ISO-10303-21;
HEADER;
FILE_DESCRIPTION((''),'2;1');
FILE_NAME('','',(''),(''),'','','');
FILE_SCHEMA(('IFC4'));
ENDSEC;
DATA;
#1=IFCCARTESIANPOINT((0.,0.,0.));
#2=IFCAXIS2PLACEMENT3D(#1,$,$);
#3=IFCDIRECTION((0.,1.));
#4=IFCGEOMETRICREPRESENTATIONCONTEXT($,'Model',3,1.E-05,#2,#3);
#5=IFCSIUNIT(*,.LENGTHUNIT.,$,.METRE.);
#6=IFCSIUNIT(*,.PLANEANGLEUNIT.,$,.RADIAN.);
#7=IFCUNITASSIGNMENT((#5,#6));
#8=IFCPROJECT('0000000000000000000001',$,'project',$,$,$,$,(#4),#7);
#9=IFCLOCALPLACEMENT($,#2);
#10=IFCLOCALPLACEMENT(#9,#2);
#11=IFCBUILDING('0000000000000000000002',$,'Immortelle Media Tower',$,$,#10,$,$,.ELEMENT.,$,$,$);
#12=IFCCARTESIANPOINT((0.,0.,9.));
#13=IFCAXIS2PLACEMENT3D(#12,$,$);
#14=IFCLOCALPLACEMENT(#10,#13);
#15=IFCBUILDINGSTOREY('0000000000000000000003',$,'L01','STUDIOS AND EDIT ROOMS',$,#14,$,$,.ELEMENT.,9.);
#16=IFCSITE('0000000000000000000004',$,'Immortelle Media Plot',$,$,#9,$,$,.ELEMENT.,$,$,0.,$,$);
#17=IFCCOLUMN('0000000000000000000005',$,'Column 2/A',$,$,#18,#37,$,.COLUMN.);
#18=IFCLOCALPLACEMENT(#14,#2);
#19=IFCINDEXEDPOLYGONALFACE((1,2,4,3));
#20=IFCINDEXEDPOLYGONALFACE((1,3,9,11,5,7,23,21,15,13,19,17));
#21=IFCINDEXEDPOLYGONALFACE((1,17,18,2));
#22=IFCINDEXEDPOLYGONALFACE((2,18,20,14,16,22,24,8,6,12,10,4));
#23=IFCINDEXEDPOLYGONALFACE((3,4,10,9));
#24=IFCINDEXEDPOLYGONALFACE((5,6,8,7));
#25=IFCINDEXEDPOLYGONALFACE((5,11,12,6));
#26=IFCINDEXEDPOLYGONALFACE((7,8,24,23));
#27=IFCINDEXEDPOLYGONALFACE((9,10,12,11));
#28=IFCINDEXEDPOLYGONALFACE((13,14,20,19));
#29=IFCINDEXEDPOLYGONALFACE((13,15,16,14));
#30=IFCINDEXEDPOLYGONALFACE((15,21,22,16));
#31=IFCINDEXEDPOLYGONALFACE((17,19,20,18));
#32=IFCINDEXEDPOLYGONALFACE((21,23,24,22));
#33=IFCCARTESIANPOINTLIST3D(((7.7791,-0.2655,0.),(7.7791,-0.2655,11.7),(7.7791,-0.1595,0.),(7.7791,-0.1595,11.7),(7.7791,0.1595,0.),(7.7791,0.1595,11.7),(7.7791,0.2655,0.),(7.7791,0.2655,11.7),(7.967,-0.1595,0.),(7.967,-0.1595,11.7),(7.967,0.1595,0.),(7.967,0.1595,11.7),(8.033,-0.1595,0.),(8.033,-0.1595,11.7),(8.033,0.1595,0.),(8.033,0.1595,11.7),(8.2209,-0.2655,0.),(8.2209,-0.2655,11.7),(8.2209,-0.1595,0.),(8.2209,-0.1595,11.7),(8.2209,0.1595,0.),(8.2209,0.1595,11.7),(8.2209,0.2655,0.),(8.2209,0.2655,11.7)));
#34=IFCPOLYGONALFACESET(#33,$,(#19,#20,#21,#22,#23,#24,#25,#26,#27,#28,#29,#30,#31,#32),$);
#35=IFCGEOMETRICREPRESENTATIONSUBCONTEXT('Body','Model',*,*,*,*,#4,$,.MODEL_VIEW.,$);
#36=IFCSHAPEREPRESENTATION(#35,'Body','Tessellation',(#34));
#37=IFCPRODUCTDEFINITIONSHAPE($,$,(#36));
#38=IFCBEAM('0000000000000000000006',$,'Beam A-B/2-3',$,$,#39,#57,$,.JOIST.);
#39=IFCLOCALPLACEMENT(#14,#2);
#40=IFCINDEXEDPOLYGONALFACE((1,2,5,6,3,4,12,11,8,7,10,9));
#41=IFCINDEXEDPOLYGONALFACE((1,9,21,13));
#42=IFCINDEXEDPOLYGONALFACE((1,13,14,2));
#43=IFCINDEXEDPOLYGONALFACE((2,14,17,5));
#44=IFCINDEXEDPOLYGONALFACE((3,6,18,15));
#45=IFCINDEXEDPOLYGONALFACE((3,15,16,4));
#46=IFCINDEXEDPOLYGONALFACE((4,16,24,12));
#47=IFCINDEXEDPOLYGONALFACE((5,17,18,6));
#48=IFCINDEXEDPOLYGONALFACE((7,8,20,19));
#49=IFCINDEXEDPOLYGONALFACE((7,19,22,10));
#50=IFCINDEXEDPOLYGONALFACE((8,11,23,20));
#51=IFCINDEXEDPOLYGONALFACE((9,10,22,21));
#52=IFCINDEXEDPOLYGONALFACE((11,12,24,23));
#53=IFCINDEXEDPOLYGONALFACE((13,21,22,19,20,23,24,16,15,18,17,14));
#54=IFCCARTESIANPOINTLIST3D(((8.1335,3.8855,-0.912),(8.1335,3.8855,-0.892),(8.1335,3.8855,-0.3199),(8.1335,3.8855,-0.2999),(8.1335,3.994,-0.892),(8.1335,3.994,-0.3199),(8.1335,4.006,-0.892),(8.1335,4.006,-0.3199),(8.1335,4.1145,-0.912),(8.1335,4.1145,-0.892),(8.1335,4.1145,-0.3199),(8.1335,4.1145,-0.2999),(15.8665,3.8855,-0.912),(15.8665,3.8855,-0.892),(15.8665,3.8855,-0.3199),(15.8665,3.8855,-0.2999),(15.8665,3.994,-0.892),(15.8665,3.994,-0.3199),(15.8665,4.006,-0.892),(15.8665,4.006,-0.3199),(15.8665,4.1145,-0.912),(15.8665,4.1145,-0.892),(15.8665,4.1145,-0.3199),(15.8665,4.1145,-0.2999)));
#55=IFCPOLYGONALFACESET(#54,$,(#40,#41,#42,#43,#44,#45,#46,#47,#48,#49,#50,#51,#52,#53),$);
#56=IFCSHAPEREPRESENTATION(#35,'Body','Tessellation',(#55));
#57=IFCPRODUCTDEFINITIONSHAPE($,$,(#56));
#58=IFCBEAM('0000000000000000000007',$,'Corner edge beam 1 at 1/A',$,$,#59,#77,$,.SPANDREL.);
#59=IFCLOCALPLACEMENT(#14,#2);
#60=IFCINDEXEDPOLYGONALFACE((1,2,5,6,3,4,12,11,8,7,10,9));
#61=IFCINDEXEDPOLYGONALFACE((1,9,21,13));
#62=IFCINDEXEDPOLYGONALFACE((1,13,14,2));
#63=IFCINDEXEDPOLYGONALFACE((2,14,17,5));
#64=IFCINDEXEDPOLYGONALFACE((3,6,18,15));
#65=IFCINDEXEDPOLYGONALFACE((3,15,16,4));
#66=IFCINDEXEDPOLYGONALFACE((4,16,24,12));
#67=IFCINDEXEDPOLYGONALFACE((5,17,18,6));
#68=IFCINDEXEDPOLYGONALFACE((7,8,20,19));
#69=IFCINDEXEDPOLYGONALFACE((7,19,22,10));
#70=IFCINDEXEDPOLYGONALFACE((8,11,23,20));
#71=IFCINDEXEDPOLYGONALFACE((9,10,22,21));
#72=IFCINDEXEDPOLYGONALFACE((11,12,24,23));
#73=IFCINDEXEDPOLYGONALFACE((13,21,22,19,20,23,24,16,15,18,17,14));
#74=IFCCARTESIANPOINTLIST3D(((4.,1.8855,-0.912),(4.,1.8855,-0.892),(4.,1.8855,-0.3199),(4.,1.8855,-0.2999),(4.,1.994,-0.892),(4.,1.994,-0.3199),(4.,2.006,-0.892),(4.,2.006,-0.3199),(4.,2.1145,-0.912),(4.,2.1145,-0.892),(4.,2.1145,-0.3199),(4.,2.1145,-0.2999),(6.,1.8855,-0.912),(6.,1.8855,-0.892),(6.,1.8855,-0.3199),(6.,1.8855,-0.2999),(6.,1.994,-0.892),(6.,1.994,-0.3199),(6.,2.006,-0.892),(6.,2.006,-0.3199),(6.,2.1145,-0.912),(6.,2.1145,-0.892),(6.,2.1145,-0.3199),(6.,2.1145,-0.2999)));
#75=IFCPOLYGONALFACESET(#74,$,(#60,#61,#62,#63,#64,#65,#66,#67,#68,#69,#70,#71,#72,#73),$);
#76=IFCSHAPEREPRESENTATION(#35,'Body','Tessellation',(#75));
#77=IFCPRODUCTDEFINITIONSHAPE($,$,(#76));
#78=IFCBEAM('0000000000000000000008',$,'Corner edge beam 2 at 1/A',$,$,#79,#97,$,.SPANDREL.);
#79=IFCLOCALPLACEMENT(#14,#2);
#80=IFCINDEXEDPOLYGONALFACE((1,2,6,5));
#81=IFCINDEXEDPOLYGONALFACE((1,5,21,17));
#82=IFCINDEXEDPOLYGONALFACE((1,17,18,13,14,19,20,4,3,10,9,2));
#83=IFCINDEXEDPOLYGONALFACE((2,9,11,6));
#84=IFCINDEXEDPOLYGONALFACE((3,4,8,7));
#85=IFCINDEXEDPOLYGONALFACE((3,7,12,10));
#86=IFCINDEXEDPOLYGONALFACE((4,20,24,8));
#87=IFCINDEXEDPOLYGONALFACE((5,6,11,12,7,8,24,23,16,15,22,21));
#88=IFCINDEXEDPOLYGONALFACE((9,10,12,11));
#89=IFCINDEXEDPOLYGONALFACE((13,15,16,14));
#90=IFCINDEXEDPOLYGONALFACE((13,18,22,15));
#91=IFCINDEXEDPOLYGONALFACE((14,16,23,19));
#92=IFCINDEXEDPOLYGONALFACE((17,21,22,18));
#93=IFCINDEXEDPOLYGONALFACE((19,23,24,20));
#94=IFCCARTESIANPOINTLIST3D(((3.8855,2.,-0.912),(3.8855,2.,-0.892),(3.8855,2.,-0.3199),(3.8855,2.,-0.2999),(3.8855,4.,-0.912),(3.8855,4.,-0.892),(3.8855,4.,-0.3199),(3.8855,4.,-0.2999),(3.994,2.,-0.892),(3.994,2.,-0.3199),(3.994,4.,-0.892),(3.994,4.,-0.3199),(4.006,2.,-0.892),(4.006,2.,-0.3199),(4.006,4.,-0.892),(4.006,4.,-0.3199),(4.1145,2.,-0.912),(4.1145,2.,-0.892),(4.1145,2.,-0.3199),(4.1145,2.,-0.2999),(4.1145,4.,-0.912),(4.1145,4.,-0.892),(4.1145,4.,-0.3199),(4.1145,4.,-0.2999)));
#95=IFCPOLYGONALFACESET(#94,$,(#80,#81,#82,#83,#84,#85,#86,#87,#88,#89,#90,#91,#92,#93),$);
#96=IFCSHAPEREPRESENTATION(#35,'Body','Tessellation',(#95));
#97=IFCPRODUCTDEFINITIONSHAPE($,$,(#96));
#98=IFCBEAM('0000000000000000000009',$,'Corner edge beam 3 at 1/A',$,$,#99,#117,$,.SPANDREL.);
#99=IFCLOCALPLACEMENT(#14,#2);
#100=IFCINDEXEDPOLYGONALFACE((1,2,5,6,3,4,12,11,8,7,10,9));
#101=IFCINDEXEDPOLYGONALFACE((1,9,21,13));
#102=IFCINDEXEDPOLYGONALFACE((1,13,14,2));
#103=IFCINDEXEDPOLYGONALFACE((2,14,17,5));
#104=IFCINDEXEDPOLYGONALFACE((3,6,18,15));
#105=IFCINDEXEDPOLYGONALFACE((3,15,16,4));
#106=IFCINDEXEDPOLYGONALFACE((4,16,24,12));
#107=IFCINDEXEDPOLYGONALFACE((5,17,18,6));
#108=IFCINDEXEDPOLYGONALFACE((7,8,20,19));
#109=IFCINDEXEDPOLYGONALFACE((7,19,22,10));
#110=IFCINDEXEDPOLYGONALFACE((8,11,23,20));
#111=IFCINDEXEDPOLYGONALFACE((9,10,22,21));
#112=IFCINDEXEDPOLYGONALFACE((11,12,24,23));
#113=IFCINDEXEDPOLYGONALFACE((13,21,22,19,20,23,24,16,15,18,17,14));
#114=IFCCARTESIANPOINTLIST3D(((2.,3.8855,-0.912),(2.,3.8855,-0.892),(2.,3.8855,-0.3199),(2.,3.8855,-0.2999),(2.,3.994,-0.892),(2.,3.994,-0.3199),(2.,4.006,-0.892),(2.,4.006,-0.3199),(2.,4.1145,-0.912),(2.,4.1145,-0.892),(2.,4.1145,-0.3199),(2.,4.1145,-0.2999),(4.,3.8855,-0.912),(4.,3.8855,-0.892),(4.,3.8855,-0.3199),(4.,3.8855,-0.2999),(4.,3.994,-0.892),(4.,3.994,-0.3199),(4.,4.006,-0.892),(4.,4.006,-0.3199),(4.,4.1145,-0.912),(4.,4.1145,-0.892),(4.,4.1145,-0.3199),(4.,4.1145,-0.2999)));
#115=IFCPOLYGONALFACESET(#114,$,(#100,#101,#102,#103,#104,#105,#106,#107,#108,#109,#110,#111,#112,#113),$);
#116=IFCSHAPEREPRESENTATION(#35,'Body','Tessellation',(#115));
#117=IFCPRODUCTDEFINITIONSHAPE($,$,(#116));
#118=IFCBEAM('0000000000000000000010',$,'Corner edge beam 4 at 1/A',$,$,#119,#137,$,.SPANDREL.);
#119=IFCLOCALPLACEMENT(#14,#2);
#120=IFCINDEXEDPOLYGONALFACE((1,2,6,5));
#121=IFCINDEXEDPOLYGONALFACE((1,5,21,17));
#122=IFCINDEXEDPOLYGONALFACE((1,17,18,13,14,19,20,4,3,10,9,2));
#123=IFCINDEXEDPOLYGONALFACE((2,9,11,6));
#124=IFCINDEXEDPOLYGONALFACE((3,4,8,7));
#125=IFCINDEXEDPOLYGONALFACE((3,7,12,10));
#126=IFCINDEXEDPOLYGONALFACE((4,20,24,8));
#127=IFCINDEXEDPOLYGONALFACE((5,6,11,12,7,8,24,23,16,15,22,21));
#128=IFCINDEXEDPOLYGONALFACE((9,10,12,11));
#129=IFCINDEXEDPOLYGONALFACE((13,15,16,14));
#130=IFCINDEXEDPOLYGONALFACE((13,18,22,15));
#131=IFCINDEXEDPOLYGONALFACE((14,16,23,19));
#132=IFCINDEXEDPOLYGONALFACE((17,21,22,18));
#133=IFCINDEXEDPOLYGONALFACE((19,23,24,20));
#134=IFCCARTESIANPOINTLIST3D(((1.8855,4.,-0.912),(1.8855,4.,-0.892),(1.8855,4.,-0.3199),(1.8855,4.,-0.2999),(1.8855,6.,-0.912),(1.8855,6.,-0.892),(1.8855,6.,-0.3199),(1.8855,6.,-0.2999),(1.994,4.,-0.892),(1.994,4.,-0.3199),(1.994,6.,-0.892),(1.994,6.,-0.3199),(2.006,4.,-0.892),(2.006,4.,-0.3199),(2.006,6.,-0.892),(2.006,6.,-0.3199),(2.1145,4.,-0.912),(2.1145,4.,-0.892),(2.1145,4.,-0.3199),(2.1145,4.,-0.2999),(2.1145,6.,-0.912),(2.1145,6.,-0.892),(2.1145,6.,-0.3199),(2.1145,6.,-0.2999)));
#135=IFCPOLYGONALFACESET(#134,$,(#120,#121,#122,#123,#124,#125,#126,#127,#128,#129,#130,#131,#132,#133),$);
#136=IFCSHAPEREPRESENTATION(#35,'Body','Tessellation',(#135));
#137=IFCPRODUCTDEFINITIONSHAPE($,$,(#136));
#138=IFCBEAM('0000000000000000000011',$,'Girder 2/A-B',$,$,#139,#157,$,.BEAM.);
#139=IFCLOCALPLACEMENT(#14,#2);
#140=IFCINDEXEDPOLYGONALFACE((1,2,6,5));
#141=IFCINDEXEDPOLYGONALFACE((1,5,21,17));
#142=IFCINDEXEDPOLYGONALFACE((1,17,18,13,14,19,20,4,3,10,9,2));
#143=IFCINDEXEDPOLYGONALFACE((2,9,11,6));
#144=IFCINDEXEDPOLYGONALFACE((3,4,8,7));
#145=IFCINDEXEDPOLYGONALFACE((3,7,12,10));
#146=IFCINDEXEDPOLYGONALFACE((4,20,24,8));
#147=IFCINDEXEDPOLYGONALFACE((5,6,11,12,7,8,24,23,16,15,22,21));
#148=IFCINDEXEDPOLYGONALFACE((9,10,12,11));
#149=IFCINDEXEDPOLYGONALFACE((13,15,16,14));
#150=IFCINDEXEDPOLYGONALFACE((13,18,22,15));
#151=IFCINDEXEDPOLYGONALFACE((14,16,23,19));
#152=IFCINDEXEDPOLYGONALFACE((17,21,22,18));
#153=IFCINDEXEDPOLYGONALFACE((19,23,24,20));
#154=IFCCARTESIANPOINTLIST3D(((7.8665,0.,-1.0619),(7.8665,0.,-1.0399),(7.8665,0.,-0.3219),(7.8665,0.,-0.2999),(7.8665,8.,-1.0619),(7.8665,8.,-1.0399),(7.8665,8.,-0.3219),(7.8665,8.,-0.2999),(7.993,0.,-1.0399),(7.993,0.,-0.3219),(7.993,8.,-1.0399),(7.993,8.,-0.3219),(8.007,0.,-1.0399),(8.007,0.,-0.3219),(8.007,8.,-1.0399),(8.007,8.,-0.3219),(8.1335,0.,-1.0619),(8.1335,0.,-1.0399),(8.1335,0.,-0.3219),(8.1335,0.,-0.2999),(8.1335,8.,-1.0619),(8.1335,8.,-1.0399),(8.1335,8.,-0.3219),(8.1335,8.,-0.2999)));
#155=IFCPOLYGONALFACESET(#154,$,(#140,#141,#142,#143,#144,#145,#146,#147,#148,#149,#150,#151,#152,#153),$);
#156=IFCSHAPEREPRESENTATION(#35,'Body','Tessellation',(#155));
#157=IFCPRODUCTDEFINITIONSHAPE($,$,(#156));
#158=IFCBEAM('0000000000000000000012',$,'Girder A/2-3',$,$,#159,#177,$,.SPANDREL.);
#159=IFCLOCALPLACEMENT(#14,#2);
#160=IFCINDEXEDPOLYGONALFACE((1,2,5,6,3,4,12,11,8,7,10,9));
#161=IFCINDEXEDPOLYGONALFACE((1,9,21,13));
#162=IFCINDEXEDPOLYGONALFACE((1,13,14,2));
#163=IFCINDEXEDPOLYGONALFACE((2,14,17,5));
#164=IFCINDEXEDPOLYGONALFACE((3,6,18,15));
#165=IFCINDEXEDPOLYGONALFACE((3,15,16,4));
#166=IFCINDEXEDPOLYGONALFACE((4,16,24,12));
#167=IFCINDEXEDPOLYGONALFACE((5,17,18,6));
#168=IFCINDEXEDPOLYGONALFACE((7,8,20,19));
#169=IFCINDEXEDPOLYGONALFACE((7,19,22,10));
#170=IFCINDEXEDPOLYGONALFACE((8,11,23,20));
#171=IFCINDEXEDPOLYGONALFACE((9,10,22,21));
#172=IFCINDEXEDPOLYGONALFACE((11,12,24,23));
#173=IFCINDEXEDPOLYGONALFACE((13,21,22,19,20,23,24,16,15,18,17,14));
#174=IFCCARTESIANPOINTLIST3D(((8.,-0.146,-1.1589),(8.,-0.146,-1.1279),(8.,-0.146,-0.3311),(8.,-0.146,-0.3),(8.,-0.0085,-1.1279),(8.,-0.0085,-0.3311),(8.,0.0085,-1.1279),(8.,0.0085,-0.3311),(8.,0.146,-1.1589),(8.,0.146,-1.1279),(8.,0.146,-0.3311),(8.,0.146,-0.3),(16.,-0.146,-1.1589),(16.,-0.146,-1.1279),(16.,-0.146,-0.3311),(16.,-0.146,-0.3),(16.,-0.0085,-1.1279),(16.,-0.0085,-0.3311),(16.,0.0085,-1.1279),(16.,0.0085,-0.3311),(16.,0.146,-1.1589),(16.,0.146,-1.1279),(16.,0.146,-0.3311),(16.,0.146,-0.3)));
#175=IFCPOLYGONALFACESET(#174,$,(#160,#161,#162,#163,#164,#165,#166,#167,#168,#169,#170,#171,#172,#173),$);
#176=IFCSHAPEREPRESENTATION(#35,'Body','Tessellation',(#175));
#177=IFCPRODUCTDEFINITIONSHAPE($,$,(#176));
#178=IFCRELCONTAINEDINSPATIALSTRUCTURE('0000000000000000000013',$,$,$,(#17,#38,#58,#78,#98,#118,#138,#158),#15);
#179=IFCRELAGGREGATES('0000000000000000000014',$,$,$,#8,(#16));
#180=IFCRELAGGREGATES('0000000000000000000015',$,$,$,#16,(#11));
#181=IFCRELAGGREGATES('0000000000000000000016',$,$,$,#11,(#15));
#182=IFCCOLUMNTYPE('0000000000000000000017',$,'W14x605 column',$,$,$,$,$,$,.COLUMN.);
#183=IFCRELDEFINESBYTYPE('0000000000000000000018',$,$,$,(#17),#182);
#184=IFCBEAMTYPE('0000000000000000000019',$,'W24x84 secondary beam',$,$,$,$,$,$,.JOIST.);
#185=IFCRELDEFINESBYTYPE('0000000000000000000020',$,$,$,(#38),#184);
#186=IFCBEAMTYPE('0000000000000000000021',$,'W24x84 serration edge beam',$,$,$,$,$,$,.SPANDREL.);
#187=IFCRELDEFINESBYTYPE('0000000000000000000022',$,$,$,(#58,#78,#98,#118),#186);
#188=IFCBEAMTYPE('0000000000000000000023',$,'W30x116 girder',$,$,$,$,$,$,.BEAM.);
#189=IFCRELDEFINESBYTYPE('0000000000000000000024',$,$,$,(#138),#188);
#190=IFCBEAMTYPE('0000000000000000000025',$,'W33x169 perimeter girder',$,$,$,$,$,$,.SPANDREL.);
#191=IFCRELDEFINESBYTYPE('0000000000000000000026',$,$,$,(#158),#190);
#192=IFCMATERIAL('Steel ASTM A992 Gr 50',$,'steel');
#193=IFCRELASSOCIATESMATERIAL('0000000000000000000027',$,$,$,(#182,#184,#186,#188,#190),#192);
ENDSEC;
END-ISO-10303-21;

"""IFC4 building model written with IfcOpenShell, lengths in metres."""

from ifc_helpers import new_model, si_unit, direction, frame, origin, origin_2d, place, context, subcontext, project, spatial, i_section, extrude, material, material_profile, profile_set, type_object, element, save


model = new_model("IFC4")

# Units and contexts
model_context = context("Model", 3, precision=1e-05, world=origin(), true_north=direction((0.0, 1.0)))
body_context = subcontext(model_context, "Body", "Model", "MODEL_VIEW")
ifc_project = project(units=[si_unit("LENGTHUNIT", "METRE"), si_unit("PLANEANGLEUNIT", "RADIAN")], contexts=[model_context])

# Site, building, storey
site_placement = place(None, origin())
site = spatial("IfcSite", under=ifc_project, at=site_placement, Name="Immortelle Media Plot", CompositionType="ELEMENT", RefElevation=0.0)
building_placement = place(site_placement, origin())
building = spatial("IfcBuilding", under=site, at=building_placement, Name="Immortelle Media Tower", CompositionType="ELEMENT")
storey_placement = place(building_placement, frame((0.0, 0.0, 9.0)))
storey = spatial("IfcBuildingStorey", under=building, at=storey_placement, Name="L01", Description="STUDIOS AND EDIT ROOMS", CompositionType="ELEMENT", Elevation=9.0)

# Column
ifc_material_1 = material(Name="Steel ASTM A992 Gr 50", Category="steel")
ifc_material_profile_1 = material_profile(ifc_material_1, i_section(OverallWidth=0.4419, OverallDepth=0.531, WebThickness=0.0659, FlangeThickness=0.106, at=origin_2d()), Name="W14x605")
ifc_profile_set_1 = profile_set([ifc_material_profile_1], Name="Steel ASTM A992 Gr 50")
column_type = type_object("IfcColumnType", Name="W14x605 column", PredefinedType="COLUMN", material=ifc_profile_set_1)
column_placement = place(storey_placement, frame((8.0, 0.0, 0.0), z_axis=(0.0, 0.0, 1.0), x_axis=(1.0, 0.0, 0.0)))
element("IfcColumn", 1, at=column_placement, inside=storey, type_object=column_type, Name="Column 2/A", PredefinedType="COLUMN", context=body_context, shape_type="SweptSolid", body=[
    extrude(i_section(OverallWidth=0.4419, OverallDepth=0.531, WebThickness=0.0659, FlangeThickness=0.106, at=origin_2d()), origin(), (0.0, 0.0, 1.0), 11.7),
])

# Beams
ifc_material_profile_2 = material_profile(ifc_material_1, i_section(OverallWidth=0.229, OverallDepth=0.6121, WebThickness=0.012, FlangeThickness=0.02, at=origin_2d()), Name="W24x84")
ifc_profile_set_2 = profile_set([ifc_material_profile_2], Name="Steel ASTM A992 Gr 50")
beam_type_1 = type_object("IfcBeamType", Name="W24x84 secondary beam", PredefinedType="JOIST", material=ifc_profile_set_2)
beam_1_placement = place(storey_placement, frame((8.1335, 4.0, -0.606), z_axis=(1.0, 0.0, 0.0), x_axis=(0.0, 1.0, 0.0)))
element("IfcBeam", 2, at=beam_1_placement, inside=storey, type_object=beam_type_1, Name="Beam A-B/2-3", PredefinedType="JOIST", context=body_context, shape_type="SweptSolid", body=[
    extrude(i_section(OverallWidth=0.229, OverallDepth=0.6121, WebThickness=0.012, FlangeThickness=0.02, at=origin_2d()), origin(), (0.0, 0.0, 1.0), 7.7329),
])
ifc_material_profile_3 = material_profile(ifc_material_1, i_section(OverallWidth=0.229, OverallDepth=0.6121, WebThickness=0.012, FlangeThickness=0.02, at=origin_2d()), Name="W24x84")
ifc_profile_set_3 = profile_set([ifc_material_profile_3], Name="Steel ASTM A992 Gr 50")
beam_type_2 = type_object("IfcBeamType", Name="W24x84 serration edge beam", PredefinedType="SPANDREL", material=ifc_profile_set_3)
for number, where, z_axis, x_axis, name in (
    (3, (6.0, 2.0, -0.606), (-1.0, 0.0, 0.0), (0.0, -1.0, 0.0), "Corner edge beam 1 at 1/A"),
    (4, (4.0, 2.0, -0.606), (0.0, 1.0, 0.0), (-1.0, 0.0, 0.0), "Corner edge beam 2 at 1/A"),
    (5, (4.0, 4.0, -0.606), (-1.0, 0.0, 0.0), (0.0, -1.0, 0.0), "Corner edge beam 3 at 1/A"),
    (6, (2.0, 4.0, -0.606), (0.0, 1.0, 0.0), (-1.0, 0.0, 0.0), "Corner edge beam 4 at 1/A"),
):
    element("IfcBeam", number, at=place(storey_placement, frame(where, z_axis=z_axis, x_axis=x_axis)), inside=storey, type_object=beam_type_2, Name=name, PredefinedType="SPANDREL", context=body_context, shape_type="SweptSolid", body=[
        extrude(i_section(OverallWidth=0.229, OverallDepth=0.6121, WebThickness=0.012, FlangeThickness=0.02, at=origin_2d()), origin(), (0.0, 0.0, 1.0), 2.0),
    ])
ifc_material_profile_4 = material_profile(ifc_material_1, i_section(OverallWidth=0.2671, OverallDepth=0.762, WebThickness=0.0139, FlangeThickness=0.022, at=origin_2d()), Name="W30x116")
ifc_profile_set_4 = profile_set([ifc_material_profile_4], Name="Steel ASTM A992 Gr 50")
beam_type_3 = type_object("IfcBeamType", Name="W30x116 girder", PredefinedType="BEAM", material=ifc_profile_set_4)
beam_2_placement = place(storey_placement, frame((8.0, 0.0, -0.6809), z_axis=(0.0, 1.0, 0.0), x_axis=(-1.0, 0.0, 0.0)))
element("IfcBeam", 7, at=beam_2_placement, inside=storey, type_object=beam_type_3, Name="Girder 2/A-B", PredefinedType="BEAM", context=body_context, shape_type="SweptSolid", body=[
    extrude(i_section(OverallWidth=0.2671, OverallDepth=0.762, WebThickness=0.0139, FlangeThickness=0.022, at=origin_2d()), origin(), (0.0, 0.0, 1.0), 8.0),
])
ifc_material_profile_5 = material_profile(ifc_material_1, i_section(OverallWidth=0.292, OverallDepth=0.8589, WebThickness=0.0171, FlangeThickness=0.031, at=origin_2d()), Name="W33x169")
ifc_profile_set_5 = profile_set([ifc_material_profile_5], Name="Steel ASTM A992 Gr 50")
beam_type_4 = type_object("IfcBeamType", Name="W33x169 perimeter girder", PredefinedType="SPANDREL", material=ifc_profile_set_5)
beam_3_placement = place(storey_placement, frame((8.0, 0.0, -0.7295), z_axis=(1.0, 0.0, 0.0), x_axis=(0.0, 1.0, 0.0)))
element("IfcBeam", 8, at=beam_3_placement, inside=storey, type_object=beam_type_4, Name="Girder A/2-3", PredefinedType="SPANDREL", context=body_context, shape_type="SweptSolid", body=[
    extrude(i_section(OverallWidth=0.292, OverallDepth=0.8589, WebThickness=0.0171, FlangeThickness=0.031, at=origin_2d()), origin(), (0.0, 0.0, 1.0), 8.0),
])

save(model, "model.ifc")
